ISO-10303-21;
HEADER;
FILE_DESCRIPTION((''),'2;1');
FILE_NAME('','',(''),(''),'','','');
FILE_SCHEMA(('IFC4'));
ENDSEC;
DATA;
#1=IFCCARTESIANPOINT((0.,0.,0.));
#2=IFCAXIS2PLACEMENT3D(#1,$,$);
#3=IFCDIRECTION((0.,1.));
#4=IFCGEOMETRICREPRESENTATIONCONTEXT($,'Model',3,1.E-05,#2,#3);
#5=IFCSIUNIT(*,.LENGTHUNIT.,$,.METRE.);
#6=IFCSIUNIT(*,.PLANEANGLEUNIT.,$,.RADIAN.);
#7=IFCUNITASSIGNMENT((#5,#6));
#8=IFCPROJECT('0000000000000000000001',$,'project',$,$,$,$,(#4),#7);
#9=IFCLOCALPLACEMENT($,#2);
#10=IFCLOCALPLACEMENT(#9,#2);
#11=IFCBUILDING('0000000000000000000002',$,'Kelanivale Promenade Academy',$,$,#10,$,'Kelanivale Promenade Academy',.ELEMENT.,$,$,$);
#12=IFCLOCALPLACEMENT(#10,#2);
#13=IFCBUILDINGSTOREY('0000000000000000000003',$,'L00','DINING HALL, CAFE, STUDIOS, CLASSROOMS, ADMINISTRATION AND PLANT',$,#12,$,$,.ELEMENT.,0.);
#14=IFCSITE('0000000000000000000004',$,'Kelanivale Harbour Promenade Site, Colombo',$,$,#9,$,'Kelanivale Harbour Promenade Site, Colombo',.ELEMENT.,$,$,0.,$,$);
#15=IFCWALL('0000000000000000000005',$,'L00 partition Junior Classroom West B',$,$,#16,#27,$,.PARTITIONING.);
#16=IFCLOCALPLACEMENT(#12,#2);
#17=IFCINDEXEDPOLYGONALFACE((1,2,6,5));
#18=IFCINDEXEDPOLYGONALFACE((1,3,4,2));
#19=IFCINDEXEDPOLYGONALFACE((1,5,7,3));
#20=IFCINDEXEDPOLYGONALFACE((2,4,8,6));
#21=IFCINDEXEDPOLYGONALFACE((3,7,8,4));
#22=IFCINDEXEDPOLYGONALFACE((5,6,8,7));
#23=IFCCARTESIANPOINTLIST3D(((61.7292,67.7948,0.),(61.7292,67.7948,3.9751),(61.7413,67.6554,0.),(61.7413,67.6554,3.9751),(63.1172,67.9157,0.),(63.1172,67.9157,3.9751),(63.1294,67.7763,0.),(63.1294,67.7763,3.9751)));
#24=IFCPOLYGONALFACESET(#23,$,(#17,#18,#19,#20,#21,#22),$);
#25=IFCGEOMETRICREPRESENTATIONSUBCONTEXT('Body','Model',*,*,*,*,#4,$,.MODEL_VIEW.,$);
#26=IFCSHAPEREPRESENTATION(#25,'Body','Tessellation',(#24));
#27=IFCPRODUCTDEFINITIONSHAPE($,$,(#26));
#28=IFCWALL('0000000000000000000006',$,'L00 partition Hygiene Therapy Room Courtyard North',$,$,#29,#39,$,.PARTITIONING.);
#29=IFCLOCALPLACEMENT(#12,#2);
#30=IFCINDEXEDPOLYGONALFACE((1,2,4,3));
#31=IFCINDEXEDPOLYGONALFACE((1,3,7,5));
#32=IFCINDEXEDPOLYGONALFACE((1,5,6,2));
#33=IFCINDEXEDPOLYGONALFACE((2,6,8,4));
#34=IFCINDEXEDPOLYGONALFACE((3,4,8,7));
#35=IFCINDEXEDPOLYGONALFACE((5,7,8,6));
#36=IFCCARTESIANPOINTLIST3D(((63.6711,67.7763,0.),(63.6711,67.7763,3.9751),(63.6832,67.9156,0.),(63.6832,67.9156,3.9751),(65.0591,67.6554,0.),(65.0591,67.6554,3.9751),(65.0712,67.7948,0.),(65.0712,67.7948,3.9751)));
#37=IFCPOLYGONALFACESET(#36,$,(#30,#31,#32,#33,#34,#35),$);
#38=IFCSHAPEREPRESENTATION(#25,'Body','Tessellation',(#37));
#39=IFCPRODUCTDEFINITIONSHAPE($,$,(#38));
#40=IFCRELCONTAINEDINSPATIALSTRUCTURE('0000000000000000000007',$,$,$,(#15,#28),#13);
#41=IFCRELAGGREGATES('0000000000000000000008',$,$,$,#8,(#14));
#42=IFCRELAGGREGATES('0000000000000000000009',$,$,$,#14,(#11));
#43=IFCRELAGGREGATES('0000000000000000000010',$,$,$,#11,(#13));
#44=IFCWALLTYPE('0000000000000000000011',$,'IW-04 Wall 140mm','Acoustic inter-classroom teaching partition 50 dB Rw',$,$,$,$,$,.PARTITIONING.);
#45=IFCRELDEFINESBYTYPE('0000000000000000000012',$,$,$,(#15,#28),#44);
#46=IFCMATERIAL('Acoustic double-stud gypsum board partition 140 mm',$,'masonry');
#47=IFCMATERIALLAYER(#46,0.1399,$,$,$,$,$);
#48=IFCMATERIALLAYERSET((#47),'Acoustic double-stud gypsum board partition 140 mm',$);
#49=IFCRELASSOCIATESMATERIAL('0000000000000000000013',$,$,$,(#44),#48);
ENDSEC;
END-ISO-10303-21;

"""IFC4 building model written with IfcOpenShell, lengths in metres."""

from ifc_helpers import new_model, si_unit, direction, frame, frame_2d, origin, place, context, subcontext, project, spatial, rectangle, extrude, material, layer, layer_set, type_object, element, save


model = new_model("IFC4")

# Units and contexts
model_context = context("Model", 3, precision=1e-05, world=origin(), true_north=direction((0.0, 1.0)))
body_context = subcontext(model_context, "Body", "Model", "MODEL_VIEW")
ifc_project = project(units=[si_unit("LENGTHUNIT", "METRE"), si_unit("PLANEANGLEUNIT", "RADIAN")], contexts=[model_context])

# Site, building, storey
site_placement = place(None, origin())
site = spatial("IfcSite", under=ifc_project, at=site_placement, Name="Kelanivale Harbour Promenade Site, Colombo", LongName="Kelanivale Harbour Promenade Site, Colombo", CompositionType="ELEMENT", RefElevation=0.0)
building_placement = place(site_placement, origin())
building = spatial("IfcBuilding", under=site, at=building_placement, Name="Kelanivale Promenade Academy", LongName="Kelanivale Promenade Academy", CompositionType="ELEMENT")
storey_placement = place(building_placement, origin())
storey = spatial("IfcBuildingStorey", under=building, at=storey_placement, Name="L00", Description="DINING HALL, CAFE, STUDIOS, CLASSROOMS, ADMINISTRATION AND PLANT", CompositionType="ELEMENT", Elevation=0.0)

# Walls
ifc_material_1 = material(Name="Acoustic double-stud gypsum board partition 140 mm", Category="masonry")
ifc_layer_1 = layer(ifc_material_1, 0.1399)
ifc_layer_set_1 = layer_set([ifc_layer_1], Name="Acoustic double-stud gypsum board partition 140 mm")
wall_type_1 = type_object("IfcWallType", Name="IW-04 Wall 140mm", Description="Acoustic inter-classroom teaching partition 50 dB Rw", PredefinedType="PARTITIONING", material=ifc_layer_set_1)
for number, where, z_axis, x_axis, name in (
    (1, (61.7351, 67.7251, 0.0), (0.0, 0.0, 1.0), (0.996231, 0.086743, 0.0), "L00 partition Junior Classroom West B"),
    (2, (63.677, 67.8459, 0.0), (0.0, 0.0, 1.0), (0.996231, -0.086743, 0.0), "L00 partition Hygiene Therapy Room Courtyard North"),
):
    element("IfcWall", number, at=place(storey_placement, frame(where, z_axis=z_axis, x_axis=x_axis)), inside=storey, type_object=wall_type_1, Name=name, PredefinedType="PARTITIONING", context=body_context, shape_type="SweptSolid", body=[
        extrude(rectangle(XDim=1.3933, YDim=0.1399, at=frame_2d((0.6968, 0.0))), origin(), (0.0, 0.0, 1.0), 3.9751),
    ])

save(model, "model.ifc")
